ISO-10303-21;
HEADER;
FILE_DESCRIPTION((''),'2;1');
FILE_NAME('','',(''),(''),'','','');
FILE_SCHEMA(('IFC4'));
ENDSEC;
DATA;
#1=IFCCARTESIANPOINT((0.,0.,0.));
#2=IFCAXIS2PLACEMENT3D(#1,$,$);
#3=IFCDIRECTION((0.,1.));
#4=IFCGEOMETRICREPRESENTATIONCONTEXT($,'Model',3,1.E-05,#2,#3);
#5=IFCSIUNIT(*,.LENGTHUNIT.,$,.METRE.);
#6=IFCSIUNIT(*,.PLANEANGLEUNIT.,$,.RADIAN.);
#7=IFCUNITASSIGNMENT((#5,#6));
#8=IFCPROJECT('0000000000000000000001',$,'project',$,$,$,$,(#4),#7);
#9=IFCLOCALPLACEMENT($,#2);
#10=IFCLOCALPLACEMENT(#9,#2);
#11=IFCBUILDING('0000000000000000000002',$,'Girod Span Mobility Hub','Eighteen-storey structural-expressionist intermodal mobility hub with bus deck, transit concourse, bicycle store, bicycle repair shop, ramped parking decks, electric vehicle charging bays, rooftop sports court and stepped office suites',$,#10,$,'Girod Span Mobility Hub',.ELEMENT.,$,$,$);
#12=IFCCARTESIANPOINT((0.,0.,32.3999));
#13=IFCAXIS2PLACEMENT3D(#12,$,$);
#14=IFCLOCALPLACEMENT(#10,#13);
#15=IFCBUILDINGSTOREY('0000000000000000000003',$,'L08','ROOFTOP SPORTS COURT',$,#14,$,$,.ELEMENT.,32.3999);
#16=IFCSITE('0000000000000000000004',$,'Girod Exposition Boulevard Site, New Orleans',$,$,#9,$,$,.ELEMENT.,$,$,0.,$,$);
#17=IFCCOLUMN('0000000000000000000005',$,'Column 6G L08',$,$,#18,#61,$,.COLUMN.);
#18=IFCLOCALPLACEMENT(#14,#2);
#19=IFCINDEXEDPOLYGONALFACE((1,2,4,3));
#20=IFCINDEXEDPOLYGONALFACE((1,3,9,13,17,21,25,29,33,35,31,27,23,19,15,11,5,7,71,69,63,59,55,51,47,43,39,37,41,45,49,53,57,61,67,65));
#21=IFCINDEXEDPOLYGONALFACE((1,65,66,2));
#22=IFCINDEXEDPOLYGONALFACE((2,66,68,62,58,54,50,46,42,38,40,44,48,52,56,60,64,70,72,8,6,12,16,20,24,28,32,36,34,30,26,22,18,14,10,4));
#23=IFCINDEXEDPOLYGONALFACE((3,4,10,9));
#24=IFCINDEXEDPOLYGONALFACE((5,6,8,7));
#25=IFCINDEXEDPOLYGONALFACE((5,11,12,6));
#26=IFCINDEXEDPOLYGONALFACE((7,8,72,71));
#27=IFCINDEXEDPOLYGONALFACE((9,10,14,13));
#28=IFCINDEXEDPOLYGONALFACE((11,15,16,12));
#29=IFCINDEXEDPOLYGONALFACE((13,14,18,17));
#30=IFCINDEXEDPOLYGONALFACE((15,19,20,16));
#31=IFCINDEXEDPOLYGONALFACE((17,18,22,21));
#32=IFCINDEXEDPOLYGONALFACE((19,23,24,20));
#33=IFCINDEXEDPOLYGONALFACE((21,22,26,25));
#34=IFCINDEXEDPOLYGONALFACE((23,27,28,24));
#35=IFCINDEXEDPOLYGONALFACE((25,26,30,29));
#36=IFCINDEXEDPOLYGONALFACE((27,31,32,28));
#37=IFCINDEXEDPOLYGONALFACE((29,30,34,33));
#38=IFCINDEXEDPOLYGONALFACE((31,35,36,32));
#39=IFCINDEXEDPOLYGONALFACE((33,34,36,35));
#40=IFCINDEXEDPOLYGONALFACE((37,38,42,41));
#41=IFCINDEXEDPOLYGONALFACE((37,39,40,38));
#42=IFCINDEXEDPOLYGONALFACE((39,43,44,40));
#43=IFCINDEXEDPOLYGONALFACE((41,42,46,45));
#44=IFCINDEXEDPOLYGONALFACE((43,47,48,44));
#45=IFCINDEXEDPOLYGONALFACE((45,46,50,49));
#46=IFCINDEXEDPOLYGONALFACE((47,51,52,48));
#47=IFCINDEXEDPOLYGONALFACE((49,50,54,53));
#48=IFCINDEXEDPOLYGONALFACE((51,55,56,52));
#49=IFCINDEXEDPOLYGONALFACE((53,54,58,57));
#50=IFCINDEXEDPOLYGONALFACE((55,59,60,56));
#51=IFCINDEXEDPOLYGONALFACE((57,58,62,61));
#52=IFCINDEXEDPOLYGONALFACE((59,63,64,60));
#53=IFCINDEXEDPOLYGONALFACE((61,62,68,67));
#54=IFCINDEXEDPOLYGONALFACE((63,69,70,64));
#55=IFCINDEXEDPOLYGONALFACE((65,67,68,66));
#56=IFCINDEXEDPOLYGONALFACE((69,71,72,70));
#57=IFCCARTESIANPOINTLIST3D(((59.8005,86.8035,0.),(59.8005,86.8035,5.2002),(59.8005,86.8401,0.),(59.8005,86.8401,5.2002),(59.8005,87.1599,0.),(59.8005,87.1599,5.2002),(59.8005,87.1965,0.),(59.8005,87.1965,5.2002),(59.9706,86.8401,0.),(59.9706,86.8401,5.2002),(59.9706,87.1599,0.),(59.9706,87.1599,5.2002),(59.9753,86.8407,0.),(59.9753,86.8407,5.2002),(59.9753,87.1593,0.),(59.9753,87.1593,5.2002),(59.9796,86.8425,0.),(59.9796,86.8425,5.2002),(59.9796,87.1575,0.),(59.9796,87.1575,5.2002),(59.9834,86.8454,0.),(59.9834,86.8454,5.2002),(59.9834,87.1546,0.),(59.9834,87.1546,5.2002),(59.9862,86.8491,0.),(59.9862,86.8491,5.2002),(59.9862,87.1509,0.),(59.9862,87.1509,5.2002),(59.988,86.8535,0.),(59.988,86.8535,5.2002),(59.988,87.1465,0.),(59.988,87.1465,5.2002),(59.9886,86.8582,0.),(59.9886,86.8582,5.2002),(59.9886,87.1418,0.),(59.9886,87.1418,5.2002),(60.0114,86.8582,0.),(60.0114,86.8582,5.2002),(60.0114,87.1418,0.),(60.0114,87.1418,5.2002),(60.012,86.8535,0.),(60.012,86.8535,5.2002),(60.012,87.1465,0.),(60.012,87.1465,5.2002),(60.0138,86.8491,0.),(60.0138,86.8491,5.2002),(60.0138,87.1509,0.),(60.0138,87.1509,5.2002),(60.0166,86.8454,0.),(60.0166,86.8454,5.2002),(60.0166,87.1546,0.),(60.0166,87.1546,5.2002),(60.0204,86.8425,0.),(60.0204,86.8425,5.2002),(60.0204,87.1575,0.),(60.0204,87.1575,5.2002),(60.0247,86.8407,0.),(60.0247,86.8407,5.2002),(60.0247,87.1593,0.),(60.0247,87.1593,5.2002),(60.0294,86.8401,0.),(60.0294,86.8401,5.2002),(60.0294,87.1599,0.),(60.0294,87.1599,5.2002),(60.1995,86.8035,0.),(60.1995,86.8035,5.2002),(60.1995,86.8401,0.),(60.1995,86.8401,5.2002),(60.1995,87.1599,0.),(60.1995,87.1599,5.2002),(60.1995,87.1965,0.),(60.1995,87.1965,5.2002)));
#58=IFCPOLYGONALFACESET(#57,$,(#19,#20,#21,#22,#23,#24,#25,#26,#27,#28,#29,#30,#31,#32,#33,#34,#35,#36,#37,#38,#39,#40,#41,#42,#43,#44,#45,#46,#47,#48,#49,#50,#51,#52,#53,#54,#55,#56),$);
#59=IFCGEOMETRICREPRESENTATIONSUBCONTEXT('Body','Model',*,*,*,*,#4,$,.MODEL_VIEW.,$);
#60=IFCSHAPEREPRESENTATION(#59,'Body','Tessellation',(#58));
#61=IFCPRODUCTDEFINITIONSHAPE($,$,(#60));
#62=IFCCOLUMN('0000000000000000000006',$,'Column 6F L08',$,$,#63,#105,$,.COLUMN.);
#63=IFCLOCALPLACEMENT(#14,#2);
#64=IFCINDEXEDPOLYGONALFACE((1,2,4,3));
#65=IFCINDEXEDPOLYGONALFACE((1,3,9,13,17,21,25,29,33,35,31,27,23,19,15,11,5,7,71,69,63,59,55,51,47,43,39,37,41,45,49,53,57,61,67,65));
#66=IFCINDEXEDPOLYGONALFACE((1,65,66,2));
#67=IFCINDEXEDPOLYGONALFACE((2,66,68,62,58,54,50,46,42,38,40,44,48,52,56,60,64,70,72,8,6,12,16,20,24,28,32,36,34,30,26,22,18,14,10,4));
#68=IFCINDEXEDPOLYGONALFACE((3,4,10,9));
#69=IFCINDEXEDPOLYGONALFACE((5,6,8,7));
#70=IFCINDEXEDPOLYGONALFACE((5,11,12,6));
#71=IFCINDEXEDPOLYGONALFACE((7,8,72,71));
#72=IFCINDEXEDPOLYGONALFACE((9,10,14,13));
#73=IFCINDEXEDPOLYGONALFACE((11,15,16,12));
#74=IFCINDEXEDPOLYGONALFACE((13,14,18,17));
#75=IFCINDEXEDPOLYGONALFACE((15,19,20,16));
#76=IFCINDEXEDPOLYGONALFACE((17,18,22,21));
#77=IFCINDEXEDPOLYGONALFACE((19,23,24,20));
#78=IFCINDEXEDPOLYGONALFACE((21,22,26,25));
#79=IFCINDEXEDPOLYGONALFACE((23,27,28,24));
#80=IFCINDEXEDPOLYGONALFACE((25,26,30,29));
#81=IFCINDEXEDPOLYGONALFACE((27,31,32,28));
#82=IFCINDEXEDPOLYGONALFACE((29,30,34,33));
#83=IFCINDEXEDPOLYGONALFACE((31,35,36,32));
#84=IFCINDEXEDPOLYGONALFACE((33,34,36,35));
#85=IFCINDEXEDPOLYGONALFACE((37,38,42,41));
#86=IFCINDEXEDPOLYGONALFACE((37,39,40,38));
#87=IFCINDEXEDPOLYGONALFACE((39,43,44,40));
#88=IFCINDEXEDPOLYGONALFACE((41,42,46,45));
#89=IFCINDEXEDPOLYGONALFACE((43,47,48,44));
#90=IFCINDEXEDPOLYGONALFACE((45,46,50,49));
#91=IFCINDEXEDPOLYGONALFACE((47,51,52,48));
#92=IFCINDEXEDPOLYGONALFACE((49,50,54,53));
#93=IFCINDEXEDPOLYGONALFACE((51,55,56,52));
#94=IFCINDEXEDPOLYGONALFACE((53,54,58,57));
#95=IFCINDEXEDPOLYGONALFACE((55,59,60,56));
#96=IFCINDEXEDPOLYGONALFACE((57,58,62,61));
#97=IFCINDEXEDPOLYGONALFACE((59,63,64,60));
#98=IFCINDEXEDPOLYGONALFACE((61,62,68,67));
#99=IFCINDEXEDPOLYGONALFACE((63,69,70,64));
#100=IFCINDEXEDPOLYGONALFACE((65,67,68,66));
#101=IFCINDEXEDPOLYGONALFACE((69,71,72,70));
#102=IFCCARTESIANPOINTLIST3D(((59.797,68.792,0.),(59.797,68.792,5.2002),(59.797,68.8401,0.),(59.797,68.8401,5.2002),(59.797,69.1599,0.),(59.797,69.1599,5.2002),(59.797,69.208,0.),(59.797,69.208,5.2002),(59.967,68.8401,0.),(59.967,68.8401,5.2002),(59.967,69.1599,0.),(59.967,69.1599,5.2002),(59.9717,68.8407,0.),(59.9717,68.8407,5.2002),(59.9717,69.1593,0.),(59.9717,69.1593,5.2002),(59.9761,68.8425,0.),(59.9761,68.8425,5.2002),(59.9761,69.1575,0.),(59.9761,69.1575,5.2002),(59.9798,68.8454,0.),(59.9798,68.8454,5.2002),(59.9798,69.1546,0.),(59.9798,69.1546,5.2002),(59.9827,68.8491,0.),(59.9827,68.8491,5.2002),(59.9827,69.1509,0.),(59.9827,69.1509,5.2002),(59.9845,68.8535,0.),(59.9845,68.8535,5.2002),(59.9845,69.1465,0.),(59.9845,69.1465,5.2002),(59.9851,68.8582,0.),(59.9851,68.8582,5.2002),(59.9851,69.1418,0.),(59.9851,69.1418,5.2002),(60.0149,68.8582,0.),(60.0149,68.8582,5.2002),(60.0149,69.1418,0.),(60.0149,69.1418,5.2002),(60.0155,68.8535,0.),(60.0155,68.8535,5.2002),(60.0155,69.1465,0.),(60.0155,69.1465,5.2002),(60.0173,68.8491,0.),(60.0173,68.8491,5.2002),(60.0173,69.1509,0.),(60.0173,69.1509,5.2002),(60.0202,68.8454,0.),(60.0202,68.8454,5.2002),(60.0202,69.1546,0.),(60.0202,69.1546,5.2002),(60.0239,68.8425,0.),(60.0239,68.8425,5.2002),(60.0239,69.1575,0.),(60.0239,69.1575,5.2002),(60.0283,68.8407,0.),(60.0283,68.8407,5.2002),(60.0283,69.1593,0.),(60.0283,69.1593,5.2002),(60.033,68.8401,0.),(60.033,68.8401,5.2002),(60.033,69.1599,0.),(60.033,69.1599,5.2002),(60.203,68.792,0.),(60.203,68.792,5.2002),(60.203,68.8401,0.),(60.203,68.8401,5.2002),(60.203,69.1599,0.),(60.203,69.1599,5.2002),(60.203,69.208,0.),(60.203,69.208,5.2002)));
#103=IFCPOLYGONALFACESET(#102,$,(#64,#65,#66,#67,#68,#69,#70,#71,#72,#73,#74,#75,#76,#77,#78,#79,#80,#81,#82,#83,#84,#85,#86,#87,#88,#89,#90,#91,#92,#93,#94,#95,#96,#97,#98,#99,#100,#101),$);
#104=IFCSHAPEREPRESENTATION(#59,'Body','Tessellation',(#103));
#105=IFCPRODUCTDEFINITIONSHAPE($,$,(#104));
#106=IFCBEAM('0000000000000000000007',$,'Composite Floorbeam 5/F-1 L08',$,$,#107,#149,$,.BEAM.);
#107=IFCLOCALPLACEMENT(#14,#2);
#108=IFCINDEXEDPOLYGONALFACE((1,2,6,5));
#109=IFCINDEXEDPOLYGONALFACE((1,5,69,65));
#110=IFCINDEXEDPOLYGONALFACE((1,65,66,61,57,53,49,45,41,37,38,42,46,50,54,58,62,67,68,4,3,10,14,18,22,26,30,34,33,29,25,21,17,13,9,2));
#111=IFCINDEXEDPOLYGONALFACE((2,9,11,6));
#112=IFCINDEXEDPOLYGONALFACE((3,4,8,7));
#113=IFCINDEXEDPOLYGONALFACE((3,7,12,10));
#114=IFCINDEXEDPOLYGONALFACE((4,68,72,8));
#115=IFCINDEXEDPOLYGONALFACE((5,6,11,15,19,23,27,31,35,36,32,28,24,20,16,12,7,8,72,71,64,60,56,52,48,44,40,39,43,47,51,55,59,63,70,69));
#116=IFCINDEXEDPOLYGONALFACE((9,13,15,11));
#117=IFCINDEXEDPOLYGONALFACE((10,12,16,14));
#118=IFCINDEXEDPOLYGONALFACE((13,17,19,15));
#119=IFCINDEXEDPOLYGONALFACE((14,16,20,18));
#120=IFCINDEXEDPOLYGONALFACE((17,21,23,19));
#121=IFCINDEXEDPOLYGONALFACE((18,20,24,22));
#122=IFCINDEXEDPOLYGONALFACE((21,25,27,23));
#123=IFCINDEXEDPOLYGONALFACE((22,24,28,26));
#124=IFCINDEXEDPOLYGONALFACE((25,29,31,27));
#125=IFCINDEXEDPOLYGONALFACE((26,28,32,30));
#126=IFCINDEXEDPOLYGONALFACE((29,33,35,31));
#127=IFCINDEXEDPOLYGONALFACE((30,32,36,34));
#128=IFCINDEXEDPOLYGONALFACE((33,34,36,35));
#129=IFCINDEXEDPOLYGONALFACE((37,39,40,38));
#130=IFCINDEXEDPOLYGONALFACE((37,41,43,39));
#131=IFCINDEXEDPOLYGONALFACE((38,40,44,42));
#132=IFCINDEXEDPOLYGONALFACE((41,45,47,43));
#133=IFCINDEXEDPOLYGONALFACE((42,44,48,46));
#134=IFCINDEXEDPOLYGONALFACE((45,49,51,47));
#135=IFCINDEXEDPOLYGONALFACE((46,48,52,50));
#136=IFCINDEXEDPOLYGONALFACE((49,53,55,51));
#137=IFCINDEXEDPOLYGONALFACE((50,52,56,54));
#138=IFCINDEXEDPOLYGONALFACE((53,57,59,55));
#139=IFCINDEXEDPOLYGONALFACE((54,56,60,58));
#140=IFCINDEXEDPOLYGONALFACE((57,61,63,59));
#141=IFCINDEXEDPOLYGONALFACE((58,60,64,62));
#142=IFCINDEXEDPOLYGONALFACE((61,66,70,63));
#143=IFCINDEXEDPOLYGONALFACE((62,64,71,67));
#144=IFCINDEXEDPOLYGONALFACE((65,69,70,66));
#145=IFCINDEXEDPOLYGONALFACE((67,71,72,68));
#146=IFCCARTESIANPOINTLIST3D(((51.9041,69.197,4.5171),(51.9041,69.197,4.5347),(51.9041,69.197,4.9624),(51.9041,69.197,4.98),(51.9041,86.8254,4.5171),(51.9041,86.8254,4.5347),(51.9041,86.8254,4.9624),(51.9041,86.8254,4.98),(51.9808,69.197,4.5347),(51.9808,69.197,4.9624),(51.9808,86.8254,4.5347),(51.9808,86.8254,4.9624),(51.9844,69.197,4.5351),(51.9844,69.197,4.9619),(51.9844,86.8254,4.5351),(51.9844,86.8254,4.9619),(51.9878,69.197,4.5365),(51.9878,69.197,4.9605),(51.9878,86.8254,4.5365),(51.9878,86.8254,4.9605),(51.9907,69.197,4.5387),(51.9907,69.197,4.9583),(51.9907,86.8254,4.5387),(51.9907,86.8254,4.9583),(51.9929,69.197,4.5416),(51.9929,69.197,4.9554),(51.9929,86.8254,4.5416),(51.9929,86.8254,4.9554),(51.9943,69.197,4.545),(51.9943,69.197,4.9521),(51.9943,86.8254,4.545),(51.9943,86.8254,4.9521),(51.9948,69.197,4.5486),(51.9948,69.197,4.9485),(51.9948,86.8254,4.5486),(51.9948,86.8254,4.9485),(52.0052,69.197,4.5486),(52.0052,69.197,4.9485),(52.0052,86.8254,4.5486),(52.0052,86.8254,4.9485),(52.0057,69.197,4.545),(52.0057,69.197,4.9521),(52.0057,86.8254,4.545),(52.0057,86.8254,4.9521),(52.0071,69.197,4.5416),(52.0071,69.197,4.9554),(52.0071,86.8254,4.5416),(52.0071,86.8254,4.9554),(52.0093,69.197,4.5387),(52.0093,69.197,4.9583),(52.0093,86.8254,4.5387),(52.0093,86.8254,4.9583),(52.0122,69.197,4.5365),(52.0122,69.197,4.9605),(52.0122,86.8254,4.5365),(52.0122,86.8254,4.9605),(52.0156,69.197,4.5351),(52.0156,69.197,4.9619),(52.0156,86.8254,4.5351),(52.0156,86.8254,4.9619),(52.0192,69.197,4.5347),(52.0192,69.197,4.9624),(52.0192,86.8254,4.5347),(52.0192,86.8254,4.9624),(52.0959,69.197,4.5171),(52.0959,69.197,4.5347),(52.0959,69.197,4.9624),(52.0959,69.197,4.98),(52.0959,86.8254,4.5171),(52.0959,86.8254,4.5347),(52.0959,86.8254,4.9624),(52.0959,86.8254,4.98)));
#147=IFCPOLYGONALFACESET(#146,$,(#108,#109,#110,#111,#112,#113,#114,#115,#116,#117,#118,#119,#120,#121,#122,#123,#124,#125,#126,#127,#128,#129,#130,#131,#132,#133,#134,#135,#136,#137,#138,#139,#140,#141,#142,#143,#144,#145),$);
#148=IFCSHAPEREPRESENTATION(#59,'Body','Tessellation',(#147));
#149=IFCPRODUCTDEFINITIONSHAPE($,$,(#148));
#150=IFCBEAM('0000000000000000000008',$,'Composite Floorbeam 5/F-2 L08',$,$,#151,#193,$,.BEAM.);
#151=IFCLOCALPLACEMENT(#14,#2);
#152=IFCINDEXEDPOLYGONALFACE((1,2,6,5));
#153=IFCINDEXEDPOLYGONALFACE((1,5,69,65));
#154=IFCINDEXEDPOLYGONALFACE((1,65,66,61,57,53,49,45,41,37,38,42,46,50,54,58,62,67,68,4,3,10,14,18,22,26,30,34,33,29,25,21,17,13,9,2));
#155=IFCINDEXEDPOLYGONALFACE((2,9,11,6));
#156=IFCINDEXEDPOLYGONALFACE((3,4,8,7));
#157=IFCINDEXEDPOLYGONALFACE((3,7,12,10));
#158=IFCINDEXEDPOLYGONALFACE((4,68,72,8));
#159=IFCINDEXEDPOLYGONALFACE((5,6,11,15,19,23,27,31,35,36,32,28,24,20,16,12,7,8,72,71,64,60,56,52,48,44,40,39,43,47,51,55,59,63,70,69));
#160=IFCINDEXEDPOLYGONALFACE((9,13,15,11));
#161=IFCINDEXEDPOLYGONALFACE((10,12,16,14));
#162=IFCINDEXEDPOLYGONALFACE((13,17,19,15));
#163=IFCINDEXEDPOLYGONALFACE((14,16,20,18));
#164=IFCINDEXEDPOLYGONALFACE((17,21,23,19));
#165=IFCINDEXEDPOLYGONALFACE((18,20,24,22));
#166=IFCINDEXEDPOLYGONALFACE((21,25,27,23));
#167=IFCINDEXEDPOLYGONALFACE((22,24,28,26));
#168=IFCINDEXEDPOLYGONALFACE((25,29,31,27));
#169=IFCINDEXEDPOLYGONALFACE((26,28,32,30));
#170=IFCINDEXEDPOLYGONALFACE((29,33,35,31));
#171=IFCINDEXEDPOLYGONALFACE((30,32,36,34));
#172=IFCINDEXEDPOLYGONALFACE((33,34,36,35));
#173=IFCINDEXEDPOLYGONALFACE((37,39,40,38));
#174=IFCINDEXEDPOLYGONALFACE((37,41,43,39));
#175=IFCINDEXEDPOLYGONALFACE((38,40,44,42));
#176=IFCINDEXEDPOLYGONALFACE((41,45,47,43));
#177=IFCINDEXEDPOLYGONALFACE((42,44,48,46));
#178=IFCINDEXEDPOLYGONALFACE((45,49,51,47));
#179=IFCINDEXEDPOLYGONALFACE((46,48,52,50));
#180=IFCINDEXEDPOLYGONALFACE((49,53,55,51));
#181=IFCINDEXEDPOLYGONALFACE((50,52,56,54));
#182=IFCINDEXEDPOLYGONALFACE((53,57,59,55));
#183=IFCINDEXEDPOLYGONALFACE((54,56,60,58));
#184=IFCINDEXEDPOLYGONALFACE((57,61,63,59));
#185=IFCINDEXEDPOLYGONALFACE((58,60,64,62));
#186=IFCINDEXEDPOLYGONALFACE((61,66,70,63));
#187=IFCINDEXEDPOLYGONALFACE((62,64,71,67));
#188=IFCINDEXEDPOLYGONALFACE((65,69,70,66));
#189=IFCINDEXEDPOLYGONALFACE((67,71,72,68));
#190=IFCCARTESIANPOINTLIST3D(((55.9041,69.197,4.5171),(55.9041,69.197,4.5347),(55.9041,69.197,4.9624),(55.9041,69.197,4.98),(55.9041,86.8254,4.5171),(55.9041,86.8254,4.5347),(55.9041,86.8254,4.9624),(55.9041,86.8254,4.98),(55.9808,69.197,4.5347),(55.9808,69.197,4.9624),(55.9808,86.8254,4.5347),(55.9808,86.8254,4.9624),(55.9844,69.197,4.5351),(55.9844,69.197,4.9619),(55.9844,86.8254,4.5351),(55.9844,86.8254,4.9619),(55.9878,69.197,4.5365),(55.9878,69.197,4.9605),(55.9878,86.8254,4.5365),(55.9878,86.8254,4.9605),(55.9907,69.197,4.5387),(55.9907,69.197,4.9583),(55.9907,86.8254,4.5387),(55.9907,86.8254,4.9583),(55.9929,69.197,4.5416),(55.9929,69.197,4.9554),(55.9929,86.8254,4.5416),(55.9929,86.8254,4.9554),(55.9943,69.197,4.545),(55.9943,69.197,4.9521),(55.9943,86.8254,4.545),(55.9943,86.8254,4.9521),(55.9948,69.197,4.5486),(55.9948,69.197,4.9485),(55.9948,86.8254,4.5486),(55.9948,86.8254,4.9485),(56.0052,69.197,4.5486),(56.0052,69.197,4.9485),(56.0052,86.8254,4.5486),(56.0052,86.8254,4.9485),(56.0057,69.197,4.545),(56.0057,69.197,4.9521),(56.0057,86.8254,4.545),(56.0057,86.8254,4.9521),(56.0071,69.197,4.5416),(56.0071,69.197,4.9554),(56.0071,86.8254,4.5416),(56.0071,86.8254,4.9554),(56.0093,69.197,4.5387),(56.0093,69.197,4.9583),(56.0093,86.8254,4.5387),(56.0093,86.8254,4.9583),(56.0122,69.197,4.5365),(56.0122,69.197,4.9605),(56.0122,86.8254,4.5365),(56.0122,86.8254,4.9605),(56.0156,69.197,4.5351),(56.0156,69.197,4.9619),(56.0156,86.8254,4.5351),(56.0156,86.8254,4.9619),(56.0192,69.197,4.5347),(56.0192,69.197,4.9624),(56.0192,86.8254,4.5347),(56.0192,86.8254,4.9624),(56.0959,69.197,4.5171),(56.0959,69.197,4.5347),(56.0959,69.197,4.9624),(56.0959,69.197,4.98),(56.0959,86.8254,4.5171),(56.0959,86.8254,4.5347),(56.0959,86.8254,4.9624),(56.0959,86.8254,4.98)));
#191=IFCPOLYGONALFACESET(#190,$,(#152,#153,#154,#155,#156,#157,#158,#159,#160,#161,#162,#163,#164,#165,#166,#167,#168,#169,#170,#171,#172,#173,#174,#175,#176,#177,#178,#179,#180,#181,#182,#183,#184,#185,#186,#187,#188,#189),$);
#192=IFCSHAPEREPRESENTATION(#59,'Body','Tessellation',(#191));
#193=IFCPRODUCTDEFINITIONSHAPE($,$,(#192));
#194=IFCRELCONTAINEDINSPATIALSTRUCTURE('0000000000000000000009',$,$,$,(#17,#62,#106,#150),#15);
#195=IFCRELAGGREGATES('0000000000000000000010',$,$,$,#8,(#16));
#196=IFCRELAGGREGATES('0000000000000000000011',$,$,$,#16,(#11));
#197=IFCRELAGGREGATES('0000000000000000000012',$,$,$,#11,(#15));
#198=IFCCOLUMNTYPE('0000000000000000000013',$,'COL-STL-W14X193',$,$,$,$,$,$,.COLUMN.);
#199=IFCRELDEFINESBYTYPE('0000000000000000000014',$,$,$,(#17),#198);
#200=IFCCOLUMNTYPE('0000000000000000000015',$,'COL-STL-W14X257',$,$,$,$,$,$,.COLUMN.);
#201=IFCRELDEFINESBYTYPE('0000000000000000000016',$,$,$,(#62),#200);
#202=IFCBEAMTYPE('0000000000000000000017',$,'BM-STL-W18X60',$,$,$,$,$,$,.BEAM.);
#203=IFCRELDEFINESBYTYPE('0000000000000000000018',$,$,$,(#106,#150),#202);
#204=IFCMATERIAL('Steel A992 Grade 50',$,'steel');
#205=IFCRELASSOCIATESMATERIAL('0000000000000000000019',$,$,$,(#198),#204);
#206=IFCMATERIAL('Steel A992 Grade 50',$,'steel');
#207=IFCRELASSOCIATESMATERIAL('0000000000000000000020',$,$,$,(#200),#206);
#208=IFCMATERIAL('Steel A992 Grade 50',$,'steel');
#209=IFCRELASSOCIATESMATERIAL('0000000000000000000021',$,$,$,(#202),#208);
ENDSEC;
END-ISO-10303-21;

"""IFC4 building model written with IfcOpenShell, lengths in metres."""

from ifc_helpers import new_model, si_unit, direction, frame, origin, origin_2d, place, context, subcontext, project, spatial, i_section, extrude, material, material_profile, profile_set, type_object, element, save


model = new_model("IFC4")

# Units and contexts
model_context = context("Model", 3, precision=1e-05, world=origin(), true_north=direction((0.0, 1.0)))
body_context = subcontext(model_context, "Body", "Model", "MODEL_VIEW")
ifc_project = project(units=[si_unit("LENGTHUNIT", "METRE"), si_unit("PLANEANGLEUNIT", "RADIAN")], contexts=[model_context])

# Site, building, storey
site_placement = place(None, origin())
site = spatial("IfcSite", under=ifc_project, at=site_placement, Name="Girod Exposition Boulevard Site, New Orleans", CompositionType="ELEMENT", RefElevation=0.0)
building_placement = place(site_placement, origin())
building = spatial("IfcBuilding", under=site, at=building_placement, Name="Girod Span Mobility Hub", Description="Eighteen-storey structural-expressionist intermodal mobility hub with bus deck, transit concourse, bicycle store, bicycle repair shop, ramped parking decks, electric vehicle charging bays, rooftop sports court and stepped office suites", LongName="Girod Span Mobility Hub", CompositionType="ELEMENT")
storey_placement = place(building_placement, frame((0.0, 0.0, 32.3999)))
storey = spatial("IfcBuildingStorey", under=building, at=storey_placement, Name="L08", Description="ROOFTOP SPORTS COURT", CompositionType="ELEMENT", Elevation=32.3999)

# Columns
ifc_material_1 = material(Name="Steel A992 Grade 50", Category="steel")
ifc_material_profile_1 = material_profile(ifc_material_1, i_section(OverallWidth=0.3989, OverallDepth=0.3931, WebThickness=0.0227, FlangeThickness=0.0366, FilletRadius=0.0181, at=origin_2d()), Name="W14X193")
ifc_profile_set_1 = profile_set([ifc_material_profile_1], Name="Steel A992 Grade 50")
column_type_1 = type_object("IfcColumnType", Name="COL-STL-W14X193", PredefinedType="COLUMN", material=ifc_profile_set_1)
column_1_placement = place(storey_placement, frame((60.0, 87.0, 0.0), z_axis=(0.0, 0.0, 1.0), x_axis=(1.0, 0.0, 0.0)))
element("IfcColumn", 1, at=column_1_placement, inside=storey, type_object=column_type_1, Name="Column 6G L08", PredefinedType="COLUMN", context=body_context, shape_type="SweptSolid", body=[
    extrude(i_section(OverallWidth=0.3989, OverallDepth=0.3931, WebThickness=0.0227, FlangeThickness=0.0366, FilletRadius=0.0181, at=origin_2d()), origin(), (0.0, 0.0, 1.0), 5.2002),
])
ifc_material_2 = material(Name="Steel A992 Grade 50", Category="steel")
ifc_material_profile_2 = material_profile(ifc_material_2, i_section(OverallWidth=0.406, OverallDepth=0.416, WebThickness=0.0298, FlangeThickness=0.0481, FilletRadius=0.0181, at=origin_2d()), Name="W14X257")
ifc_profile_set_2 = profile_set([ifc_material_profile_2], Name="Steel A992 Grade 50")
column_type_2 = type_object("IfcColumnType", Name="COL-STL-W14X257", PredefinedType="COLUMN", material=ifc_profile_set_2)
column_2_placement = place(storey_placement, frame((60.0, 69.0, 0.0), z_axis=(0.0, 0.0, 1.0), x_axis=(1.0, 0.0, 0.0)))
element("IfcColumn", 2, at=column_2_placement, inside=storey, type_object=column_type_2, Name="Column 6F L08", PredefinedType="COLUMN", context=body_context, shape_type="SweptSolid", body=[
    extrude(i_section(OverallWidth=0.406, OverallDepth=0.416, WebThickness=0.0298, FlangeThickness=0.0481, FilletRadius=0.0181, at=origin_2d()), origin(), (0.0, 0.0, 1.0), 5.2002),
])

# Beams
ifc_material_3 = material(Name="Steel A992 Grade 50", Category="steel")
ifc_material_profile_3 = material_profile(ifc_material_3, i_section(OverallWidth=0.1919, OverallDepth=0.4629, WebThickness=0.0105, FlangeThickness=0.0176, FilletRadius=0.0139, at=origin_2d()), Name="W18X60")
ifc_profile_set_3 = profile_set([ifc_material_profile_3], Name="Steel A992 Grade 50")
beam_type_1 = type_object("IfcBeamType", Name="BM-STL-W18X60", PredefinedType="BEAM", material=ifc_profile_set_3)
for number, where, z_axis, x_axis, name in (
    (3, (52.0, 69.197, 4.7485), (0.0, 1.0, 0.0), (-1.0, 0.0, 0.0), "Composite Floorbeam 5/F-1 L08"),
    (4, (56.0, 69.197, 4.7485), (0.0, 1.0, 0.0), (-1.0, 0.0, 0.0), "Composite Floorbeam 5/F-2 L08"),
):
    element("IfcBeam", number, at=place(storey_placement, frame(where, z_axis=z_axis, x_axis=x_axis)), inside=storey, type_object=beam_type_1, Name=name, PredefinedType="BEAM", context=body_context, shape_type="SweptSolid", body=[
        extrude(i_section(OverallWidth=0.1919, OverallDepth=0.4629, WebThickness=0.0105, FlangeThickness=0.0176, FilletRadius=0.0139, at=origin_2d()), origin(), (0.0, 0.0, 1.0), 17.6284),
    ])

save(model, "model.ifc")
